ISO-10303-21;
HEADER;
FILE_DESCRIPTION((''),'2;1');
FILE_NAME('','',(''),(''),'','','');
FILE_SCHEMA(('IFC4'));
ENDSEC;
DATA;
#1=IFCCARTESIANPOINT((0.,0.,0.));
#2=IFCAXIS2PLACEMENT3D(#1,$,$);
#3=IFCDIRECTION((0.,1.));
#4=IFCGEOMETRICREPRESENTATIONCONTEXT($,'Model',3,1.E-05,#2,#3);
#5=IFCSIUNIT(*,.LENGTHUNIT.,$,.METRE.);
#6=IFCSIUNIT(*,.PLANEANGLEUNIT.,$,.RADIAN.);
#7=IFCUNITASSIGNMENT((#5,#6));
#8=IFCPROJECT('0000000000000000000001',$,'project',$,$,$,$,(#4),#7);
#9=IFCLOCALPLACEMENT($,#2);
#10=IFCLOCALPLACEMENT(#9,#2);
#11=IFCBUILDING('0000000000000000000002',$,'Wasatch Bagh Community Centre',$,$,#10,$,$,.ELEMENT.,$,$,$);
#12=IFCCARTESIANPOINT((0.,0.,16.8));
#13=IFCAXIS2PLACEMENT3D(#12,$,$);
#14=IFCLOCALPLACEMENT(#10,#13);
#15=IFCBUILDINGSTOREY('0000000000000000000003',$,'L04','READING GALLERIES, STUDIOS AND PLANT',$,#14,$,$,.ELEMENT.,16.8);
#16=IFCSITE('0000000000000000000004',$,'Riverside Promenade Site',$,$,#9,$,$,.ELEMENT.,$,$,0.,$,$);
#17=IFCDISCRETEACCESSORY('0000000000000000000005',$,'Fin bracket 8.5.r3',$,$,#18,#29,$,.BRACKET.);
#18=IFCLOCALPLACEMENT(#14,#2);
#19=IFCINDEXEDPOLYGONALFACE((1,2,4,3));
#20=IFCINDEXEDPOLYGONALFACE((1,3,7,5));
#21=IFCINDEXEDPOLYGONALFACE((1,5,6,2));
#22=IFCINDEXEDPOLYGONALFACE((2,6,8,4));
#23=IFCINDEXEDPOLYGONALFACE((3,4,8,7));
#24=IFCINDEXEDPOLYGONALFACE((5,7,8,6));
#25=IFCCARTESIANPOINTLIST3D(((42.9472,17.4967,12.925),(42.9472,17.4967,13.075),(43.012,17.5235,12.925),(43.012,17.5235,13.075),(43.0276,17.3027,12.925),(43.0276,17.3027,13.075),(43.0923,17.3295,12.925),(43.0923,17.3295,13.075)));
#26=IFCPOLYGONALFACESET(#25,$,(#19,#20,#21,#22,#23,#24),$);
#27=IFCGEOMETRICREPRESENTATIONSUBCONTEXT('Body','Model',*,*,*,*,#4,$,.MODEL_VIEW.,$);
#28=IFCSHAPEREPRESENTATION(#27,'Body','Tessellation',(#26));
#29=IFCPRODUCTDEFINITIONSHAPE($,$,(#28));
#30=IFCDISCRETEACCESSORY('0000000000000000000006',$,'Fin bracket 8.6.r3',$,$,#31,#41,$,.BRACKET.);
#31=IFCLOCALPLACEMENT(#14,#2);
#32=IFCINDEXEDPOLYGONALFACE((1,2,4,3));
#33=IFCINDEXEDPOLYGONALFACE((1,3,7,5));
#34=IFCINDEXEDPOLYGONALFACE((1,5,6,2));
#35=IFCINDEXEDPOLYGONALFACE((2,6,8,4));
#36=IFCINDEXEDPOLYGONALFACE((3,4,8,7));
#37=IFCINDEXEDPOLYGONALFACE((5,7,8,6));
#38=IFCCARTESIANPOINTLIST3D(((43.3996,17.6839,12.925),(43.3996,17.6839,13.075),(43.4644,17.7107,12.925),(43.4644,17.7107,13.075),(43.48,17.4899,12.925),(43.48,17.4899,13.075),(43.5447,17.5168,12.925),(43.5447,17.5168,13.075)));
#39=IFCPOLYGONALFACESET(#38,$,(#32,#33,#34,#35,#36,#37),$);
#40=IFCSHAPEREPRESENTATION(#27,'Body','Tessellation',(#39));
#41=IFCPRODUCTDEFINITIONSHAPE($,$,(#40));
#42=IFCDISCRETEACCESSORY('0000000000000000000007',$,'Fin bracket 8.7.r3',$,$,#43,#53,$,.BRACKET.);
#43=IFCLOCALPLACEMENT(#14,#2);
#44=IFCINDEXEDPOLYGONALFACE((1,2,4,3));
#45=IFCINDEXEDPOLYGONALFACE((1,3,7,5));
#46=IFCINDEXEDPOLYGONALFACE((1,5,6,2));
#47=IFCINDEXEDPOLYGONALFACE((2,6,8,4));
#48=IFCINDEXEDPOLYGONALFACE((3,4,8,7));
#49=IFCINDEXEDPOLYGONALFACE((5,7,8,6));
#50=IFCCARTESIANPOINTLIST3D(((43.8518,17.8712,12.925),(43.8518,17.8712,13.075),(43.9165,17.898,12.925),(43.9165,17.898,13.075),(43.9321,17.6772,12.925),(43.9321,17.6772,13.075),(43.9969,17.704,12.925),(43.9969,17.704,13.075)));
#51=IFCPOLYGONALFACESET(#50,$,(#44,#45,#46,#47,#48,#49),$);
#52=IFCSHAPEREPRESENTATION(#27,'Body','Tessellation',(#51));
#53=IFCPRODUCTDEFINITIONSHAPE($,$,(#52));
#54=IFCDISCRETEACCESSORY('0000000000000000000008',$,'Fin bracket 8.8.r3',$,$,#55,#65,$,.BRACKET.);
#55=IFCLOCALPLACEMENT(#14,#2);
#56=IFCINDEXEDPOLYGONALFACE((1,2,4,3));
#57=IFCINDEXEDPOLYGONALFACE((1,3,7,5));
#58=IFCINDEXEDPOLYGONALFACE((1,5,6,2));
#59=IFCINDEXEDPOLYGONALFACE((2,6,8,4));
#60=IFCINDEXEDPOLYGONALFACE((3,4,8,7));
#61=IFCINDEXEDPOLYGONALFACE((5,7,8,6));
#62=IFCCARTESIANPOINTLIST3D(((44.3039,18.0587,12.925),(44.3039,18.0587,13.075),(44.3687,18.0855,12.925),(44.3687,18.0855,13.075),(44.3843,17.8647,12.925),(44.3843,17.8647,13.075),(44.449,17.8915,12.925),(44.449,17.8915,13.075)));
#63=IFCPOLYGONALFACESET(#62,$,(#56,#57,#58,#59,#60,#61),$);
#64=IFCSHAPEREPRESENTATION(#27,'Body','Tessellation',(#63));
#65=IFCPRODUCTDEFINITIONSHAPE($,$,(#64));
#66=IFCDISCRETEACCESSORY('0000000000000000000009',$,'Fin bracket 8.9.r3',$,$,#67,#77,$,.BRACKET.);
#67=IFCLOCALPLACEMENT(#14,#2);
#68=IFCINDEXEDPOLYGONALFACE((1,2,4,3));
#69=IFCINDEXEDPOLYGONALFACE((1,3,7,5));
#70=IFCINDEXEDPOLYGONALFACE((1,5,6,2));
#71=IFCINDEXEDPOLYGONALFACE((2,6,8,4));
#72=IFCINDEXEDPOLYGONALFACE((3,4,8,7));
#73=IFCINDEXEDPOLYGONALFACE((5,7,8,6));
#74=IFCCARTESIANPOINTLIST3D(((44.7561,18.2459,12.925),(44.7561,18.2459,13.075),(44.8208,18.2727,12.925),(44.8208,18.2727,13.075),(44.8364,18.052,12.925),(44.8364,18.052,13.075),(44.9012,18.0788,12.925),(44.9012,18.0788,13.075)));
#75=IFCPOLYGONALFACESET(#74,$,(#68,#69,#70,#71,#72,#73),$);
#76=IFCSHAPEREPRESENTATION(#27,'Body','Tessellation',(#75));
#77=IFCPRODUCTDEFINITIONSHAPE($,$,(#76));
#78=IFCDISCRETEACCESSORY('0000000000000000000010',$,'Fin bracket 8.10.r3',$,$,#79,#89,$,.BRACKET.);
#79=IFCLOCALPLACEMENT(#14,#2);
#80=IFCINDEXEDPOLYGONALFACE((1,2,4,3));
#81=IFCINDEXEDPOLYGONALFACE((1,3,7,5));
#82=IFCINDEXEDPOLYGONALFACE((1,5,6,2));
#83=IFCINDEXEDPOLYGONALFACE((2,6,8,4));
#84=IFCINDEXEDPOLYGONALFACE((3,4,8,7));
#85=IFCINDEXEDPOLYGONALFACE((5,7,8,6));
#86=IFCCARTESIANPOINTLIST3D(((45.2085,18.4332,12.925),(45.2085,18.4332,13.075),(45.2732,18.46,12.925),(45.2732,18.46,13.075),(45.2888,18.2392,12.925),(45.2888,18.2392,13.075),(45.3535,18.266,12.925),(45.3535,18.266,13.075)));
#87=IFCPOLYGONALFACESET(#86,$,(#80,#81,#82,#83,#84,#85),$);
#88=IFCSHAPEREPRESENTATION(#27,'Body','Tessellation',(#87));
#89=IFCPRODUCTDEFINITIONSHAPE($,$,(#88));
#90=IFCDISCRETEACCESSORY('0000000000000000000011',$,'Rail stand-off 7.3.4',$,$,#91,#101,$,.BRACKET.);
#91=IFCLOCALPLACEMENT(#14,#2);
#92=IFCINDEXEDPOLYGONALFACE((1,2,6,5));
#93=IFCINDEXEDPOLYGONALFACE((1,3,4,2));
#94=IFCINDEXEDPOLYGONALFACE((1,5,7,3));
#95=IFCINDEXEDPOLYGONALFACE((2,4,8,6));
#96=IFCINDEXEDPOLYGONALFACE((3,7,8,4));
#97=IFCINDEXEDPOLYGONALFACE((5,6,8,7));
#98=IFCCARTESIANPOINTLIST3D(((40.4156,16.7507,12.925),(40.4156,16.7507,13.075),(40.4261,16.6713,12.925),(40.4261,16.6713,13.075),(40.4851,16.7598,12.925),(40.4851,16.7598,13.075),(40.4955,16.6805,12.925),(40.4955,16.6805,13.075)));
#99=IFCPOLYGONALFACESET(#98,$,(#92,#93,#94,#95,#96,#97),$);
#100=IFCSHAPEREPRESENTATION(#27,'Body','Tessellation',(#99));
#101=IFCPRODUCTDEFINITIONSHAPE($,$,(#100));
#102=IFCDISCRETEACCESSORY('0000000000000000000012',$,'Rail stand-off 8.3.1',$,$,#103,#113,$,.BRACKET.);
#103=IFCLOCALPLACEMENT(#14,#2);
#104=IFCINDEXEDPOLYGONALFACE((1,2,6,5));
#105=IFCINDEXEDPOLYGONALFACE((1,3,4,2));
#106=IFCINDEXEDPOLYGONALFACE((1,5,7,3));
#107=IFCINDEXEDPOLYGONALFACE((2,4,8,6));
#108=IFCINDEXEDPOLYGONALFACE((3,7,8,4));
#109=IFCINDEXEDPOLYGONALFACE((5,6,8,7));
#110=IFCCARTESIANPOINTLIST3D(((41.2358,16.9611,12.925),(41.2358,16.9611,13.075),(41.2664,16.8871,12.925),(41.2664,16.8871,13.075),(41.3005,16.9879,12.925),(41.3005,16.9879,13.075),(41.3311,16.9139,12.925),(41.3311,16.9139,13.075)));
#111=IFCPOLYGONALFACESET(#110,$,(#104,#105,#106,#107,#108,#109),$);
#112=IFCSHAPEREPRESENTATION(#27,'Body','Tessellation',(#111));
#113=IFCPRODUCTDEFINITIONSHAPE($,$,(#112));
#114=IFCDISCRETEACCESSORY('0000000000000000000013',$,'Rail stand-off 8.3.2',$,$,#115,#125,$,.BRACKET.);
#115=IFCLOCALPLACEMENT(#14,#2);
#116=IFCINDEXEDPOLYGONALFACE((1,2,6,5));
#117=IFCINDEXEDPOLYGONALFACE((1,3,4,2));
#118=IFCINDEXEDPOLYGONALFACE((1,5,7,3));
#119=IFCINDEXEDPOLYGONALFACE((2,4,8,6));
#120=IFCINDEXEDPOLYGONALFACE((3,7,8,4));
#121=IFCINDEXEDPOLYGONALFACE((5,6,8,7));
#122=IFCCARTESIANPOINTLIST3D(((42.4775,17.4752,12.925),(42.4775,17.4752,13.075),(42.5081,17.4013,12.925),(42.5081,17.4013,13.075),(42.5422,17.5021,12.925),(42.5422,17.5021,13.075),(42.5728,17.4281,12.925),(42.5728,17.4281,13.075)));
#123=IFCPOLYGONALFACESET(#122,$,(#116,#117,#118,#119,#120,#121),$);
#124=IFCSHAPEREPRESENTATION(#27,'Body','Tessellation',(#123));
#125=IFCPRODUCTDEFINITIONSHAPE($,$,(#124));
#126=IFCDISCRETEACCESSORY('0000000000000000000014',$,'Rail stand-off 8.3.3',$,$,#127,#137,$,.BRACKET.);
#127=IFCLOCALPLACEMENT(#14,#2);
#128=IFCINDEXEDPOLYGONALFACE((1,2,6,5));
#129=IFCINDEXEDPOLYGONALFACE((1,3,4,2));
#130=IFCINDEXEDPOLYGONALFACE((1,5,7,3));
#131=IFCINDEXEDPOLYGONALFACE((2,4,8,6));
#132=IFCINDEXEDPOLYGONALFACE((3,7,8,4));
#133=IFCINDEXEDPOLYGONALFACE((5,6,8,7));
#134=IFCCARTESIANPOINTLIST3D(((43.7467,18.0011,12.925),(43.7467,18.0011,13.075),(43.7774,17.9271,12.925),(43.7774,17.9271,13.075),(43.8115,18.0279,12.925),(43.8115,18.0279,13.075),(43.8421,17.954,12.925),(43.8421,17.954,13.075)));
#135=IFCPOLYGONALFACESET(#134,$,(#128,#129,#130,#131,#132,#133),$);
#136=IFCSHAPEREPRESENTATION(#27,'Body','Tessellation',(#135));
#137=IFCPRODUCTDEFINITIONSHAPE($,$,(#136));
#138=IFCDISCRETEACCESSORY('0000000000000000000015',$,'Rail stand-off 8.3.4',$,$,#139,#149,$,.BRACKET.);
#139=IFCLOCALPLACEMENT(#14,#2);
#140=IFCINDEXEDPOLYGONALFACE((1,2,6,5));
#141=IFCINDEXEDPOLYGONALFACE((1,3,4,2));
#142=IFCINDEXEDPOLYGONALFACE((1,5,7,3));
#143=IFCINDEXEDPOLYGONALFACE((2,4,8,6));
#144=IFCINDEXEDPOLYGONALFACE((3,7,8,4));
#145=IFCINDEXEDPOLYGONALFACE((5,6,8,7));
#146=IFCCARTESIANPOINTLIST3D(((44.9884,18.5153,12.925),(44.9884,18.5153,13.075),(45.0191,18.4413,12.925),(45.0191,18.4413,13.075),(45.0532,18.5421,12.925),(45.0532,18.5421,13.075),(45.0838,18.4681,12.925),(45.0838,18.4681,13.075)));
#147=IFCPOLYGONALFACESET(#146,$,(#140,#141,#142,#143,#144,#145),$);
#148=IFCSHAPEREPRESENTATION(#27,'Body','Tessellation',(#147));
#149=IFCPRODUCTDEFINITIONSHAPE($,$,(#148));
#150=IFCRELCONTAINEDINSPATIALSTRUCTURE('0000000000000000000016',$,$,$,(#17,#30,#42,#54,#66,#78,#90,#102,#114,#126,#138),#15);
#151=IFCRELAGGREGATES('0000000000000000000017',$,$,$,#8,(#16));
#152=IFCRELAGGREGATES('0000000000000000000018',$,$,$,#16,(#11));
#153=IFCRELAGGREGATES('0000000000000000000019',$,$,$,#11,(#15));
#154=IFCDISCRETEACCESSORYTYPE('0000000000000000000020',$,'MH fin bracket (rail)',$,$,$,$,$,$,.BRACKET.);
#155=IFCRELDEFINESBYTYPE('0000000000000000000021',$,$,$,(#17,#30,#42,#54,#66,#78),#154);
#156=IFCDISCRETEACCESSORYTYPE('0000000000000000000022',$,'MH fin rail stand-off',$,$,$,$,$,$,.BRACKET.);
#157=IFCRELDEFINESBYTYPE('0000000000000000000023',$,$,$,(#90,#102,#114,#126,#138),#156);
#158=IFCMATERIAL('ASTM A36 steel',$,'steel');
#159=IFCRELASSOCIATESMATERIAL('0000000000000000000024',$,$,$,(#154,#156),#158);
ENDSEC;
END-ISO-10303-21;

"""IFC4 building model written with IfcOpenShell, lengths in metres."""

from ifc_helpers import new_model, si_unit, direction, frame, origin, origin_2d, place, context, subcontext, project, spatial, rectangle, extrude, material, type_object, element, save


model = new_model("IFC4")

# Units and contexts
model_context = context("Model", 3, precision=1e-05, world=origin(), true_north=direction((0.0, 1.0)))
body_context = subcontext(model_context, "Body", "Model", "MODEL_VIEW")
ifc_project = project(units=[si_unit("LENGTHUNIT", "METRE"), si_unit("PLANEANGLEUNIT", "RADIAN")], contexts=[model_context])

# Site, building, storey
site_placement = place(None, origin())
site = spatial("IfcSite", under=ifc_project, at=site_placement, Name="Riverside Promenade Site", CompositionType="ELEMENT", RefElevation=0.0)
building_placement = place(site_placement, origin())
building = spatial("IfcBuilding", under=site, at=building_placement, Name="Wasatch Bagh Community Centre", CompositionType="ELEMENT")
storey_placement = place(building_placement, frame((0.0, 0.0, 16.8)))
storey = spatial("IfcBuildingStorey", under=building, at=storey_placement, Name="L04", Description="READING GALLERIES, STUDIOS AND PLANT", CompositionType="ELEMENT", Elevation=16.8)

# Discrete accessories
ifc_material_1 = material(Name="ASTM A36 steel", Category="steel")
discrete_accessory_type_1 = type_object("IfcDiscreteAccessoryType", Name="MH fin bracket (rail)", PredefinedType="BRACKET", material=ifc_material_1)
for number, where, z_axis, x_axis, name in (
    (1, (43.0198, 17.4131, 12.925), (0.0, 0.0, 1.0), (0.92388, 0.382683, 0.0), "Fin bracket 8.5.r3"),
    (2, (43.4722, 17.6003, 12.925), (0.0, 0.0, 1.0), (0.92388, 0.382683, 0.0), "Fin bracket 8.6.r3"),
    (3, (43.9243, 17.7876, 12.925), (0.0, 0.0, 1.0), (0.92388, 0.382683, 0.0), "Fin bracket 8.7.r3"),
    (4, (44.3765, 17.9751, 12.925), (0.0, 0.0, 1.0), (0.92388, 0.382683, 0.0), "Fin bracket 8.8.r3"),
    (5, (44.8286, 18.1624, 12.925), (0.0, 0.0, 1.0), (0.92388, 0.382683, 0.0), "Fin bracket 8.9.r3"),
    (6, (45.281, 18.3496, 12.925), (0.0, 0.0, 1.0), (0.92388, 0.382683, 0.0), "Fin bracket 8.10.r3"),
):
    element("IfcDiscreteAccessory", number, at=place(storey_placement, frame(where, z_axis=z_axis, x_axis=x_axis)), inside=storey, type_object=discrete_accessory_type_1, Name=name, PredefinedType="BRACKET", context=body_context, shape_type="SweptSolid", body=[
        extrude(rectangle(XDim=0.0701, YDim=0.21, at=origin_2d()), origin(), (0.0, 0.0, 1.0), 0.1499),
    ])
discrete_accessory_type_2 = type_object("IfcDiscreteAccessoryType", Name="MH fin rail stand-off", PredefinedType="BRACKET", material=ifc_material_1)
for number, where, z_axis, x_axis, name in (
    (7, (40.4556, 16.7156, 12.925), (0.0, 0.0, 1.0), (0.991445, 0.130526, 0.0), "Rail stand-off 7.3.4"),
    (8, (41.2834, 16.9375, 12.925), (0.0, 0.0, 1.0), (0.92388, 0.382683, 0.0), "Rail stand-off 8.3.1"),
    (9, (42.5251, 17.4517, 12.925), (0.0, 0.0, 1.0), (0.92388, 0.382683, 0.0), "Rail stand-off 8.3.2"),
    (10, (43.7944, 17.9775, 12.925), (0.0, 0.0, 1.0), (0.92388, 0.382683, 0.0), "Rail stand-off 8.3.3"),
    (11, (45.0361, 18.4917, 12.925), (0.0, 0.0, 1.0), (0.92388, 0.382683, 0.0), "Rail stand-off 8.3.4"),
):
    element("IfcDiscreteAccessory", number, at=place(storey_placement, frame(where, z_axis=z_axis, x_axis=x_axis)), inside=storey, type_object=discrete_accessory_type_2, Name=name, PredefinedType="BRACKET", context=body_context, shape_type="SweptSolid", body=[
        extrude(rectangle(XDim=0.0701, YDim=0.0801, at=origin_2d()), origin(), (0.0, 0.0, 1.0), 0.1499),
    ])

save(model, "model.ifc")
